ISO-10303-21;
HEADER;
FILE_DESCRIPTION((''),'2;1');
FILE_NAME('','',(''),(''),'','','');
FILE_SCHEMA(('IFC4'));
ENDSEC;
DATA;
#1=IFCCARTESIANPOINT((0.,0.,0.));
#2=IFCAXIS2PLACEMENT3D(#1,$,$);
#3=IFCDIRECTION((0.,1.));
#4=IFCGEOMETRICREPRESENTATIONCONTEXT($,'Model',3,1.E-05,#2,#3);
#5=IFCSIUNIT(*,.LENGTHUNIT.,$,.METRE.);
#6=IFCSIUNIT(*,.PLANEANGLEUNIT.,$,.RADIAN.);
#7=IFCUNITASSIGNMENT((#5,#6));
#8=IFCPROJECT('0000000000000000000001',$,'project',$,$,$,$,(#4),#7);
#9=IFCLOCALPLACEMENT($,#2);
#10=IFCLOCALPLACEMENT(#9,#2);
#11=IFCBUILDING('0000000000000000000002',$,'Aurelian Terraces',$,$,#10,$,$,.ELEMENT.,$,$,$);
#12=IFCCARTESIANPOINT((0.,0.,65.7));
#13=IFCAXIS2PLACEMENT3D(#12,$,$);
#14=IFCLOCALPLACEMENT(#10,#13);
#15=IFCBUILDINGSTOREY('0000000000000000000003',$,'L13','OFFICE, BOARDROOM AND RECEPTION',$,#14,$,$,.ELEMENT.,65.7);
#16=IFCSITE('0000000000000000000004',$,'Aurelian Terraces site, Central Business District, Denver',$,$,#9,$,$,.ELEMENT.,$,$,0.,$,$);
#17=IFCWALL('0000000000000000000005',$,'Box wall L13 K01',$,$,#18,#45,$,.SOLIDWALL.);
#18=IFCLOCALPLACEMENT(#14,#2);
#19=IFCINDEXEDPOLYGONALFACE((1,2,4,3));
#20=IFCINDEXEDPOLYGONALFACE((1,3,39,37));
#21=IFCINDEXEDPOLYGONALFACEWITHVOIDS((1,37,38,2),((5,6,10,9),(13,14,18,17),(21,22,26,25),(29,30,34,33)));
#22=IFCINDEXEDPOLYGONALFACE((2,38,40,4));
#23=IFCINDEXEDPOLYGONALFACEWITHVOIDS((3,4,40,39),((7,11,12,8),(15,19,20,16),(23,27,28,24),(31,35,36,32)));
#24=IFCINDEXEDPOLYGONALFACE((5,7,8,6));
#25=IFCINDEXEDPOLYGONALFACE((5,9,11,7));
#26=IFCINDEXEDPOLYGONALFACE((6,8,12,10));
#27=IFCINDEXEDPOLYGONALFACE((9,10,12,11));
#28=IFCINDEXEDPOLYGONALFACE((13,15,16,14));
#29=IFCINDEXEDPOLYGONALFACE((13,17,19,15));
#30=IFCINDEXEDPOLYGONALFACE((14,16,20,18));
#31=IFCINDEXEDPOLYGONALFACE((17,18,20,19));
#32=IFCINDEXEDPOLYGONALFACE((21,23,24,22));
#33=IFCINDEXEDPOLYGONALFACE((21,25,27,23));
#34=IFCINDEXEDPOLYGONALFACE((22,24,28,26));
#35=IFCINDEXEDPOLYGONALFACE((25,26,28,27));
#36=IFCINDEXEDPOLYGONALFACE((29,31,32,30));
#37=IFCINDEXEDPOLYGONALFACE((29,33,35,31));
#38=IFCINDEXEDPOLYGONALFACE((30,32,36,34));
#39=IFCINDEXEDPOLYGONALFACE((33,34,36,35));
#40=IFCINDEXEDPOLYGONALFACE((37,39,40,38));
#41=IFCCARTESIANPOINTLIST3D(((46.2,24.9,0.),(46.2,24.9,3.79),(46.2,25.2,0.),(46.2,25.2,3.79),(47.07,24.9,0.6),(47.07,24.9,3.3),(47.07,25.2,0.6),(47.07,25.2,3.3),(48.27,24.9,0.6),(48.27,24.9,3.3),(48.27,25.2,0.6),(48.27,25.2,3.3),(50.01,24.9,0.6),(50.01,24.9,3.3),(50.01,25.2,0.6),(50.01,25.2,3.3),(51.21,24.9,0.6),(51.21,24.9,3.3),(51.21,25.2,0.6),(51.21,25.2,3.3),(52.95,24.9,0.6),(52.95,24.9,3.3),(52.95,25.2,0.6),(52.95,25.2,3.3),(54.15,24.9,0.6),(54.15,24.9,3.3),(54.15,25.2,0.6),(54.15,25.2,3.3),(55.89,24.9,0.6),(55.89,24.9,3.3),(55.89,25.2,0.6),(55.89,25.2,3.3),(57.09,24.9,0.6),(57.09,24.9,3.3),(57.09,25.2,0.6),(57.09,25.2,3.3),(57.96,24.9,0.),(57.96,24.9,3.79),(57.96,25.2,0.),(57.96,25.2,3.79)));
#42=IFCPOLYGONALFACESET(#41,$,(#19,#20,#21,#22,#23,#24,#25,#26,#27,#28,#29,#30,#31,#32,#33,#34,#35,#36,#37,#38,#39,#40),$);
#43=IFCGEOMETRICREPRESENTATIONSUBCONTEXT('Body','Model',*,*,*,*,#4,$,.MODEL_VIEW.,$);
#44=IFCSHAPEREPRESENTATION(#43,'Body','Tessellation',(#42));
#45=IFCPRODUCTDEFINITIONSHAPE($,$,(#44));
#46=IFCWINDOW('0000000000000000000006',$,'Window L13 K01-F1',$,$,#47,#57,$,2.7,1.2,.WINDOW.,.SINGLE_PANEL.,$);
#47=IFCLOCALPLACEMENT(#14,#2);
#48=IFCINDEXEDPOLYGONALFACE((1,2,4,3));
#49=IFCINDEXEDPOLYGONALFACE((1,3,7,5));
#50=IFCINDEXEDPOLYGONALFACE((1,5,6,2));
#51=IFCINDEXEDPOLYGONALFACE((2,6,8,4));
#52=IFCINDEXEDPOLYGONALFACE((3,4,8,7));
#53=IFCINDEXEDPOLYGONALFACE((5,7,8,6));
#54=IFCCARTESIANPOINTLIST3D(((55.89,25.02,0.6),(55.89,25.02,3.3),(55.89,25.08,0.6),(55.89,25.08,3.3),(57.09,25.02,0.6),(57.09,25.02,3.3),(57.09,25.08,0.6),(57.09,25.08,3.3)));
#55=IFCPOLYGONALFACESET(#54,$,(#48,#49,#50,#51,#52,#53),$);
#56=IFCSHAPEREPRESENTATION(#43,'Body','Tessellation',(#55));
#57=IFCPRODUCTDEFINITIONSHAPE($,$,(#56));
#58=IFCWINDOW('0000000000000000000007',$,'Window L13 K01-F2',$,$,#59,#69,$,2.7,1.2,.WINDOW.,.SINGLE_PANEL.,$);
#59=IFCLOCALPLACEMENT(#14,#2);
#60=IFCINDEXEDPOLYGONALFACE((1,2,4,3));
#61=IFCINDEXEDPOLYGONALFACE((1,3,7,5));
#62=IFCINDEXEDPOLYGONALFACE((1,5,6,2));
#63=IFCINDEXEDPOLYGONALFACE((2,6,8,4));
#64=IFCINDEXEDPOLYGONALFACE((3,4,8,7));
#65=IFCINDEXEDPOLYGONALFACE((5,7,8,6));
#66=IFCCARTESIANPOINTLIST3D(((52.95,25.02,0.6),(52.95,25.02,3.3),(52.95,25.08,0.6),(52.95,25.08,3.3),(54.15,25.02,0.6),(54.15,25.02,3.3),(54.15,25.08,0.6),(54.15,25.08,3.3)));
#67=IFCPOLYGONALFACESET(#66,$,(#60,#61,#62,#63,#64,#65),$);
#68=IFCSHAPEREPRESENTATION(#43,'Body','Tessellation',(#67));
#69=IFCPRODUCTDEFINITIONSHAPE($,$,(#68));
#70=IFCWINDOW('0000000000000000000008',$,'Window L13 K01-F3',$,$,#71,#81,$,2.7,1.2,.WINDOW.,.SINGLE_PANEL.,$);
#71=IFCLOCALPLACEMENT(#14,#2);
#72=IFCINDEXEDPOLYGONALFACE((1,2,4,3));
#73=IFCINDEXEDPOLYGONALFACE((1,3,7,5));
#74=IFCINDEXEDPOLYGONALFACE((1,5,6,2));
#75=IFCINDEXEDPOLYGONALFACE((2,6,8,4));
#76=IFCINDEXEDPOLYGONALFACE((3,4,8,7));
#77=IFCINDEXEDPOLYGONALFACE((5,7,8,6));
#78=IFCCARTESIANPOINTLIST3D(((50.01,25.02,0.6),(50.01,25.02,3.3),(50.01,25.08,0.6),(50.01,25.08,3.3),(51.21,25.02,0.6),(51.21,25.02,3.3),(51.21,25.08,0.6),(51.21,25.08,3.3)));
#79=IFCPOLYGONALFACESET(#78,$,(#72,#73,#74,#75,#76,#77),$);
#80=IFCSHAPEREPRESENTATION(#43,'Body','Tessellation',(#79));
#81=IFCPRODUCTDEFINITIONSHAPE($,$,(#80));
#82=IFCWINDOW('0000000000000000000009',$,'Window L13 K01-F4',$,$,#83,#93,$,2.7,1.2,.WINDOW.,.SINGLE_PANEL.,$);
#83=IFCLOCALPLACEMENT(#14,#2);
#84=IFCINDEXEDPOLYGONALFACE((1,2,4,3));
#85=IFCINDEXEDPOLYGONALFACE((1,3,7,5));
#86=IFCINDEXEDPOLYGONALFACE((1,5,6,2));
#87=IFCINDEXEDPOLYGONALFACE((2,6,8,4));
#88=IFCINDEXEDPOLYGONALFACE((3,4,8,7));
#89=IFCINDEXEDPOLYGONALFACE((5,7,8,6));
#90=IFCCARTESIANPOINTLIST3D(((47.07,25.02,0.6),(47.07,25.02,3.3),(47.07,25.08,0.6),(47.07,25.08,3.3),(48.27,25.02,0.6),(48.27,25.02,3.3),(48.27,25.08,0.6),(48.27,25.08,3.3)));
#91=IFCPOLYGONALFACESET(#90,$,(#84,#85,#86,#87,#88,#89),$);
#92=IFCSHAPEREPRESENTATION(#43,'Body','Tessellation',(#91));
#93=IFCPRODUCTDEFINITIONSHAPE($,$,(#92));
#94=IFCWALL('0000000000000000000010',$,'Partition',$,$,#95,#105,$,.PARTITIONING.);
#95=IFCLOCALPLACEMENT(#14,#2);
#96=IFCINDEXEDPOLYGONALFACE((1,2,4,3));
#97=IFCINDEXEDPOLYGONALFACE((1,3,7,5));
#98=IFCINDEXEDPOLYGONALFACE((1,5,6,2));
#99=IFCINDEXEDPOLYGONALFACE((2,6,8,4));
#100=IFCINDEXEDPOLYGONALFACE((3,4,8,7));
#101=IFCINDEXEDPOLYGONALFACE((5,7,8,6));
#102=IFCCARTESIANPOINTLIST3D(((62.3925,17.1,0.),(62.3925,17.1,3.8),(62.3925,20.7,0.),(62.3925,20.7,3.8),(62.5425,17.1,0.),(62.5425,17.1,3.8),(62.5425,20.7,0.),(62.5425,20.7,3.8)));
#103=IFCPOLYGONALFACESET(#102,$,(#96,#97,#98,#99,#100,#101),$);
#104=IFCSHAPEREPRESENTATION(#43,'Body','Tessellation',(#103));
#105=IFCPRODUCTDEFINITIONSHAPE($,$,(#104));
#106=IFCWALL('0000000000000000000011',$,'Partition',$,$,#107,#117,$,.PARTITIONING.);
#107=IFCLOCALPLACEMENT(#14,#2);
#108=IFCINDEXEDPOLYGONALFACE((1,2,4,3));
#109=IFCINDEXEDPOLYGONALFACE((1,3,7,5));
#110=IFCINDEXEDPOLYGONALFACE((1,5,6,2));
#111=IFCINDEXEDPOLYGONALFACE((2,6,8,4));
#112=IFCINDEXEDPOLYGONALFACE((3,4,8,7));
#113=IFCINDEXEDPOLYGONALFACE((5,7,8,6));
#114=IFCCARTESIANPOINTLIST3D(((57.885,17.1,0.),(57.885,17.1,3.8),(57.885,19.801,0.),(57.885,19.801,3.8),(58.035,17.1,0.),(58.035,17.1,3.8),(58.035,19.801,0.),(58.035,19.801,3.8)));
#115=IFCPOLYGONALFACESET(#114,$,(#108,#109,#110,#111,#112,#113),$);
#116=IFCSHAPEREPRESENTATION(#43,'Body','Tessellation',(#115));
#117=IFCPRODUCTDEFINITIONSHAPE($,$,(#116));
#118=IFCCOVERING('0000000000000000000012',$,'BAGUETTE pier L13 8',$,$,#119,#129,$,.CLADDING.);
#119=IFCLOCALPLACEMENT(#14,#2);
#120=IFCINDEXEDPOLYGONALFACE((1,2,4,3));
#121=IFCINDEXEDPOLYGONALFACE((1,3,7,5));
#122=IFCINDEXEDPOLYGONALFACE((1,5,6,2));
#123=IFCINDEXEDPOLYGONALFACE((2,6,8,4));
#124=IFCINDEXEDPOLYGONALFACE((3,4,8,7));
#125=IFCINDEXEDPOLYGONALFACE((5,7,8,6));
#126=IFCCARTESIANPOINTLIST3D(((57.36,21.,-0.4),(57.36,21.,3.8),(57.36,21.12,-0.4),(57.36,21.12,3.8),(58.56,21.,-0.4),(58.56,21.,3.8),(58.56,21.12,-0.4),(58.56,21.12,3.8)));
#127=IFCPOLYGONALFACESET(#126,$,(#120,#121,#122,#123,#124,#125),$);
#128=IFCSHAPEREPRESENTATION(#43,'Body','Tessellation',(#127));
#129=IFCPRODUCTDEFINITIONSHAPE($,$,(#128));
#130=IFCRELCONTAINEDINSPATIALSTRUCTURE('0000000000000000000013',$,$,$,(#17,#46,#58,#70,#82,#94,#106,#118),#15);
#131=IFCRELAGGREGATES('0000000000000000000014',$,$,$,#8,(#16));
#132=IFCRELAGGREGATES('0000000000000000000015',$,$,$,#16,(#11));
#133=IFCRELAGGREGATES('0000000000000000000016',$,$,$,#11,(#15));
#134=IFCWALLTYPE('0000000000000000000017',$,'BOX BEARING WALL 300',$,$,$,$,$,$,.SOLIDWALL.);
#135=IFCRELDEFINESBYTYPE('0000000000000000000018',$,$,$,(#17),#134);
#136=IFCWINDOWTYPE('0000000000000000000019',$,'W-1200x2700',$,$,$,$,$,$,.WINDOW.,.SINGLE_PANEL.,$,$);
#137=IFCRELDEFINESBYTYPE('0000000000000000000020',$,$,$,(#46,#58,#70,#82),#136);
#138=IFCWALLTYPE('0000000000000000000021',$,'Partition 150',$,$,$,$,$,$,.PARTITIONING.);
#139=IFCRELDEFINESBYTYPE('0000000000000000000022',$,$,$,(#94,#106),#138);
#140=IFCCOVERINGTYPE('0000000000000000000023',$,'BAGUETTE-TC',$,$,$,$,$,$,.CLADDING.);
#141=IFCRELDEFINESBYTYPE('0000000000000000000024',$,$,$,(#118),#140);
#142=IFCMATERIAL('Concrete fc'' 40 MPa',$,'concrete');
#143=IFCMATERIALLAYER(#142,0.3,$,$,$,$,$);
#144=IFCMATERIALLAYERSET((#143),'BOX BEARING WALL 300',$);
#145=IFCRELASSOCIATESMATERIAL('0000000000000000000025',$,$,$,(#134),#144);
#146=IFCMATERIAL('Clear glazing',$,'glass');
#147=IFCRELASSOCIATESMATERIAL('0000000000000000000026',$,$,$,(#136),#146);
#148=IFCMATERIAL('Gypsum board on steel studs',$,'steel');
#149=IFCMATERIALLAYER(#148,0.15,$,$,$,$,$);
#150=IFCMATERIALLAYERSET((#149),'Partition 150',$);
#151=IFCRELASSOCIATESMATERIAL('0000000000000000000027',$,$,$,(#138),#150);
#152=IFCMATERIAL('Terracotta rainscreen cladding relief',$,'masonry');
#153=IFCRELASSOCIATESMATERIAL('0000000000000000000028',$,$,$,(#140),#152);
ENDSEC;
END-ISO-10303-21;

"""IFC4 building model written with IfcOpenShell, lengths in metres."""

from ifc_helpers import new_model, si_unit, direction, frame, frame_2d, origin, origin_2d, place, context, subcontext, project, spatial, rectangle, extrude, source, transform, mapped, material, layer, layer_set, type_object, element, fill, save


model = new_model("IFC4")

# Units and contexts
model_context = context("Model", 3, precision=1e-05, world=origin(), true_north=direction((0.0, 1.0)))
body_context = subcontext(model_context, "Body", "Model", "MODEL_VIEW")
ifc_project = project(units=[si_unit("LENGTHUNIT", "METRE"), si_unit("PLANEANGLEUNIT", "RADIAN")], contexts=[model_context])

# Site, building, storey
site_placement = place(None, origin())
site = spatial("IfcSite", under=ifc_project, at=site_placement, Name="Aurelian Terraces site, Central Business District, Denver", CompositionType="ELEMENT", RefElevation=0.0)
building_placement = place(site_placement, origin())
building = spatial("IfcBuilding", under=site, at=building_placement, Name="Aurelian Terraces", CompositionType="ELEMENT")
storey_placement = place(building_placement, frame((0.0, 0.0, 65.7)))
storey = spatial("IfcBuildingStorey", under=building, at=storey_placement, Name="L13", Description="OFFICE, BOARDROOM AND RECEPTION", CompositionType="ELEMENT", Elevation=65.7)

# Shared definitions
ifc_material_1 = material(Name="Clear glazing", Category="glass")

# Wall, openings, windows
ifc_material_2 = material(Name="Concrete fc' 40 MPa", Category="concrete")
ifc_layer_1 = layer(ifc_material_2, 0.3)
ifc_layer_set_1 = layer_set([ifc_layer_1], Name="BOX BEARING WALL 300")
wall_type_1 = type_object("IfcWallType", Name="BOX BEARING WALL 300", PredefinedType="SOLIDWALL", material=ifc_layer_set_1)
shared_shape_1 = source(origin(), body_context, "Body", "SweptSolid", [
    extrude(rectangle(XDim=11.76, YDim=0.3, at=frame_2d((5.88, 0.0))), origin(), (0.0, 0.0, 1.0), 3.79),
])
wall_1_placement = place(storey_placement, frame((57.96, 25.05, 0.0), z_axis=(0.0, 0.0, 1.0), x_axis=(-1.0, 0.0, 0.0)))
wall_1 = element("IfcWall", 1, at=wall_1_placement, inside=storey, type_object=wall_type_1, Name="Box wall L13 K01", PredefinedType="SOLIDWALL", context=body_context, shape_type="MappedRepresentation", body=[
    mapped(shared_shape_1, transform((0.0, 0.0, 0.0), scale=1.0)),
])
shared_shape_2 = source(origin(), body_context, "Body", "SweptSolid", [
    extrude(rectangle(XDim=1.2, YDim=2.7, at=frame_2d((0.6, 1.35))), frame((0.0, 0.16, 0.0), z_axis=(0.0, -1.0, 0.0), x_axis=(1.0, 0.0, 0.0)), (0.0, 0.0, 1.0), 0.32),
])
opening_1_placement = place(wall_1_placement, frame((0.87, 0.0, 0.6)))
opening_1 = element("IfcOpeningElement", 2, at=opening_1_placement, cuts=wall_1, PredefinedType="OPENING", context=body_context, shape_type="MappedRepresentation", body=[
    mapped(shared_shape_2, transform((0.0, 0.0, 0.0), scale=1.0)),
])
opening_2_placement = place(wall_1_placement, frame((3.81, 0.0, 0.6)))
opening_2 = element("IfcOpeningElement", 3, at=opening_2_placement, cuts=wall_1, PredefinedType="OPENING", context=body_context, shape_type="MappedRepresentation", body=[
    mapped(shared_shape_2, transform((0.0, 0.0, 0.0), scale=1.0)),
])
opening_3_placement = place(wall_1_placement, frame((6.75, 0.0, 0.6)))
opening_3 = element("IfcOpeningElement", 4, at=opening_3_placement, cuts=wall_1, PredefinedType="OPENING", context=body_context, shape_type="MappedRepresentation", body=[
    mapped(shared_shape_2, transform((0.0, 0.0, 0.0), scale=1.0)),
])
opening_4_placement = place(wall_1_placement, frame((9.69, 0.0, 0.6)))
opening_4 = element("IfcOpeningElement", 5, at=opening_4_placement, cuts=wall_1, PredefinedType="OPENING", context=body_context, shape_type="MappedRepresentation", body=[
    mapped(shared_shape_2, transform((0.0, 0.0, 0.0), scale=1.0)),
])
window_type_1 = type_object("IfcWindowType", Name="W-1200x2700", PartitioningType="SINGLE_PANEL", PredefinedType="WINDOW", material=ifc_material_1)
shared_shape_3 = source(origin(), body_context, "Body", "SweptSolid", [
    extrude(rectangle(XDim=1.2, YDim=2.7, at=frame_2d((0.6, 1.35))), frame((0.0, 0.03, 0.0), z_axis=(0.0, -1.0, 0.0), x_axis=(1.0, 0.0, 0.0)), (0.0, 0.0, 1.0), 0.06),
])
window_1_placement = place(opening_1_placement, origin())
window_1 = element("IfcWindow", 6, at=window_1_placement, inside=storey, type_object=window_type_1, Name="Window L13 K01-F1", OverallHeight=2.7, OverallWidth=1.2, PartitioningType="SINGLE_PANEL", PredefinedType="WINDOW", context=body_context, shape_type="MappedRepresentation", body=[
    mapped(shared_shape_3, transform((0.0, 0.0, 0.0), scale=1.0)),
])
fill(opening_1, window_1)
window_2_placement = place(opening_2_placement, origin())
window_2 = element("IfcWindow", 7, at=window_2_placement, inside=storey, type_object=window_type_1, Name="Window L13 K01-F2", OverallHeight=2.7, OverallWidth=1.2, PartitioningType="SINGLE_PANEL", PredefinedType="WINDOW", context=body_context, shape_type="MappedRepresentation", body=[
    mapped(shared_shape_3, transform((0.0, 0.0, 0.0), scale=1.0)),
])
fill(opening_2, window_2)
window_3_placement = place(opening_3_placement, origin())
window_3 = element("IfcWindow", 8, at=window_3_placement, inside=storey, type_object=window_type_1, Name="Window L13 K01-F3", OverallHeight=2.7, OverallWidth=1.2, PartitioningType="SINGLE_PANEL", PredefinedType="WINDOW", context=body_context, shape_type="MappedRepresentation", body=[
    mapped(shared_shape_3, transform((0.0, 0.0, 0.0), scale=1.0)),
])
fill(opening_3, window_3)
window_4_placement = place(opening_4_placement, origin())
window_4 = element("IfcWindow", 9, at=window_4_placement, inside=storey, type_object=window_type_1, Name="Window L13 K01-F4", OverallHeight=2.7, OverallWidth=1.2, PartitioningType="SINGLE_PANEL", PredefinedType="WINDOW", context=body_context, shape_type="MappedRepresentation", body=[
    mapped(shared_shape_3, transform((0.0, 0.0, 0.0), scale=1.0)),
])
fill(opening_4, window_4)

# Walls
ifc_material_3 = material(Name="Gypsum board on steel studs", Category="steel")
ifc_layer_2 = layer(ifc_material_3, 0.15)
ifc_layer_set_2 = layer_set([ifc_layer_2], Name="Partition 150")
wall_type_2 = type_object("IfcWallType", Name="Partition 150", PredefinedType="PARTITIONING", material=ifc_layer_set_2)
shared_shape_4 = source(origin(), body_context, "Body", "SweptSolid", [
    extrude(rectangle(XDim=3.6, YDim=0.15, at=frame_2d((1.8, 0.0))), origin(), (0.0, 0.0, 1.0), 3.8),
])
wall_2_placement = place(storey_placement, frame((62.4675, 20.7, 0.0), z_axis=(0.0, 0.0, 1.0), x_axis=(0.0, -1.0, 0.0)))
element("IfcWall", 10, at=wall_2_placement, inside=storey, type_object=wall_type_2, Name="Partition", PredefinedType="PARTITIONING", context=body_context, shape_type="MappedRepresentation", body=[
    mapped(shared_shape_4, transform((0.0, 0.0, 0.0), scale=1.0)),
])
shared_shape_5 = source(origin(), body_context, "Body", "SweptSolid", [
    extrude(rectangle(XDim=2.701, YDim=0.15, at=frame_2d((1.3505, 0.0))), origin(), (0.0, 0.0, 1.0), 3.8),
])
wall_3_placement = place(storey_placement, frame((57.96, 17.1, 0.0), z_axis=(0.0, 0.0, 1.0), x_axis=(0.0, 1.0, 0.0)))
element("IfcWall", 11, at=wall_3_placement, inside=storey, type_object=wall_type_2, Name="Partition", PredefinedType="PARTITIONING", context=body_context, shape_type="MappedRepresentation", body=[
    mapped(shared_shape_5, transform((0.0, 0.0, 0.0), scale=1.0)),
])

# Covering
ifc_material_4 = material(Name="Terracotta rainscreen cladding relief", Category="masonry")
covering_type = type_object("IfcCoveringType", Name="BAGUETTE-TC", PredefinedType="CLADDING", material=ifc_material_4)
shared_shape_6 = source(origin(), body_context, "Body", "SweptSolid", [
    extrude(rectangle(XDim=1.2, YDim=0.12, at=origin_2d()), origin(), (0.0, 0.0, 1.0), 4.2),
])
covering_placement = place(storey_placement, frame((57.96, 21.06, -0.4), z_axis=(0.0, 0.0, 1.0), x_axis=(1.0, 0.0, 0.0)))
element("IfcCovering", 12, at=covering_placement, inside=storey, type_object=covering_type, Name="BAGUETTE pier L13 8", PredefinedType="CLADDING", context=body_context, shape_type="MappedRepresentation", body=[
    mapped(shared_shape_6, transform((0.0, 0.0, 0.0), scale=1.0)),
])

save(model, "model.ifc")
